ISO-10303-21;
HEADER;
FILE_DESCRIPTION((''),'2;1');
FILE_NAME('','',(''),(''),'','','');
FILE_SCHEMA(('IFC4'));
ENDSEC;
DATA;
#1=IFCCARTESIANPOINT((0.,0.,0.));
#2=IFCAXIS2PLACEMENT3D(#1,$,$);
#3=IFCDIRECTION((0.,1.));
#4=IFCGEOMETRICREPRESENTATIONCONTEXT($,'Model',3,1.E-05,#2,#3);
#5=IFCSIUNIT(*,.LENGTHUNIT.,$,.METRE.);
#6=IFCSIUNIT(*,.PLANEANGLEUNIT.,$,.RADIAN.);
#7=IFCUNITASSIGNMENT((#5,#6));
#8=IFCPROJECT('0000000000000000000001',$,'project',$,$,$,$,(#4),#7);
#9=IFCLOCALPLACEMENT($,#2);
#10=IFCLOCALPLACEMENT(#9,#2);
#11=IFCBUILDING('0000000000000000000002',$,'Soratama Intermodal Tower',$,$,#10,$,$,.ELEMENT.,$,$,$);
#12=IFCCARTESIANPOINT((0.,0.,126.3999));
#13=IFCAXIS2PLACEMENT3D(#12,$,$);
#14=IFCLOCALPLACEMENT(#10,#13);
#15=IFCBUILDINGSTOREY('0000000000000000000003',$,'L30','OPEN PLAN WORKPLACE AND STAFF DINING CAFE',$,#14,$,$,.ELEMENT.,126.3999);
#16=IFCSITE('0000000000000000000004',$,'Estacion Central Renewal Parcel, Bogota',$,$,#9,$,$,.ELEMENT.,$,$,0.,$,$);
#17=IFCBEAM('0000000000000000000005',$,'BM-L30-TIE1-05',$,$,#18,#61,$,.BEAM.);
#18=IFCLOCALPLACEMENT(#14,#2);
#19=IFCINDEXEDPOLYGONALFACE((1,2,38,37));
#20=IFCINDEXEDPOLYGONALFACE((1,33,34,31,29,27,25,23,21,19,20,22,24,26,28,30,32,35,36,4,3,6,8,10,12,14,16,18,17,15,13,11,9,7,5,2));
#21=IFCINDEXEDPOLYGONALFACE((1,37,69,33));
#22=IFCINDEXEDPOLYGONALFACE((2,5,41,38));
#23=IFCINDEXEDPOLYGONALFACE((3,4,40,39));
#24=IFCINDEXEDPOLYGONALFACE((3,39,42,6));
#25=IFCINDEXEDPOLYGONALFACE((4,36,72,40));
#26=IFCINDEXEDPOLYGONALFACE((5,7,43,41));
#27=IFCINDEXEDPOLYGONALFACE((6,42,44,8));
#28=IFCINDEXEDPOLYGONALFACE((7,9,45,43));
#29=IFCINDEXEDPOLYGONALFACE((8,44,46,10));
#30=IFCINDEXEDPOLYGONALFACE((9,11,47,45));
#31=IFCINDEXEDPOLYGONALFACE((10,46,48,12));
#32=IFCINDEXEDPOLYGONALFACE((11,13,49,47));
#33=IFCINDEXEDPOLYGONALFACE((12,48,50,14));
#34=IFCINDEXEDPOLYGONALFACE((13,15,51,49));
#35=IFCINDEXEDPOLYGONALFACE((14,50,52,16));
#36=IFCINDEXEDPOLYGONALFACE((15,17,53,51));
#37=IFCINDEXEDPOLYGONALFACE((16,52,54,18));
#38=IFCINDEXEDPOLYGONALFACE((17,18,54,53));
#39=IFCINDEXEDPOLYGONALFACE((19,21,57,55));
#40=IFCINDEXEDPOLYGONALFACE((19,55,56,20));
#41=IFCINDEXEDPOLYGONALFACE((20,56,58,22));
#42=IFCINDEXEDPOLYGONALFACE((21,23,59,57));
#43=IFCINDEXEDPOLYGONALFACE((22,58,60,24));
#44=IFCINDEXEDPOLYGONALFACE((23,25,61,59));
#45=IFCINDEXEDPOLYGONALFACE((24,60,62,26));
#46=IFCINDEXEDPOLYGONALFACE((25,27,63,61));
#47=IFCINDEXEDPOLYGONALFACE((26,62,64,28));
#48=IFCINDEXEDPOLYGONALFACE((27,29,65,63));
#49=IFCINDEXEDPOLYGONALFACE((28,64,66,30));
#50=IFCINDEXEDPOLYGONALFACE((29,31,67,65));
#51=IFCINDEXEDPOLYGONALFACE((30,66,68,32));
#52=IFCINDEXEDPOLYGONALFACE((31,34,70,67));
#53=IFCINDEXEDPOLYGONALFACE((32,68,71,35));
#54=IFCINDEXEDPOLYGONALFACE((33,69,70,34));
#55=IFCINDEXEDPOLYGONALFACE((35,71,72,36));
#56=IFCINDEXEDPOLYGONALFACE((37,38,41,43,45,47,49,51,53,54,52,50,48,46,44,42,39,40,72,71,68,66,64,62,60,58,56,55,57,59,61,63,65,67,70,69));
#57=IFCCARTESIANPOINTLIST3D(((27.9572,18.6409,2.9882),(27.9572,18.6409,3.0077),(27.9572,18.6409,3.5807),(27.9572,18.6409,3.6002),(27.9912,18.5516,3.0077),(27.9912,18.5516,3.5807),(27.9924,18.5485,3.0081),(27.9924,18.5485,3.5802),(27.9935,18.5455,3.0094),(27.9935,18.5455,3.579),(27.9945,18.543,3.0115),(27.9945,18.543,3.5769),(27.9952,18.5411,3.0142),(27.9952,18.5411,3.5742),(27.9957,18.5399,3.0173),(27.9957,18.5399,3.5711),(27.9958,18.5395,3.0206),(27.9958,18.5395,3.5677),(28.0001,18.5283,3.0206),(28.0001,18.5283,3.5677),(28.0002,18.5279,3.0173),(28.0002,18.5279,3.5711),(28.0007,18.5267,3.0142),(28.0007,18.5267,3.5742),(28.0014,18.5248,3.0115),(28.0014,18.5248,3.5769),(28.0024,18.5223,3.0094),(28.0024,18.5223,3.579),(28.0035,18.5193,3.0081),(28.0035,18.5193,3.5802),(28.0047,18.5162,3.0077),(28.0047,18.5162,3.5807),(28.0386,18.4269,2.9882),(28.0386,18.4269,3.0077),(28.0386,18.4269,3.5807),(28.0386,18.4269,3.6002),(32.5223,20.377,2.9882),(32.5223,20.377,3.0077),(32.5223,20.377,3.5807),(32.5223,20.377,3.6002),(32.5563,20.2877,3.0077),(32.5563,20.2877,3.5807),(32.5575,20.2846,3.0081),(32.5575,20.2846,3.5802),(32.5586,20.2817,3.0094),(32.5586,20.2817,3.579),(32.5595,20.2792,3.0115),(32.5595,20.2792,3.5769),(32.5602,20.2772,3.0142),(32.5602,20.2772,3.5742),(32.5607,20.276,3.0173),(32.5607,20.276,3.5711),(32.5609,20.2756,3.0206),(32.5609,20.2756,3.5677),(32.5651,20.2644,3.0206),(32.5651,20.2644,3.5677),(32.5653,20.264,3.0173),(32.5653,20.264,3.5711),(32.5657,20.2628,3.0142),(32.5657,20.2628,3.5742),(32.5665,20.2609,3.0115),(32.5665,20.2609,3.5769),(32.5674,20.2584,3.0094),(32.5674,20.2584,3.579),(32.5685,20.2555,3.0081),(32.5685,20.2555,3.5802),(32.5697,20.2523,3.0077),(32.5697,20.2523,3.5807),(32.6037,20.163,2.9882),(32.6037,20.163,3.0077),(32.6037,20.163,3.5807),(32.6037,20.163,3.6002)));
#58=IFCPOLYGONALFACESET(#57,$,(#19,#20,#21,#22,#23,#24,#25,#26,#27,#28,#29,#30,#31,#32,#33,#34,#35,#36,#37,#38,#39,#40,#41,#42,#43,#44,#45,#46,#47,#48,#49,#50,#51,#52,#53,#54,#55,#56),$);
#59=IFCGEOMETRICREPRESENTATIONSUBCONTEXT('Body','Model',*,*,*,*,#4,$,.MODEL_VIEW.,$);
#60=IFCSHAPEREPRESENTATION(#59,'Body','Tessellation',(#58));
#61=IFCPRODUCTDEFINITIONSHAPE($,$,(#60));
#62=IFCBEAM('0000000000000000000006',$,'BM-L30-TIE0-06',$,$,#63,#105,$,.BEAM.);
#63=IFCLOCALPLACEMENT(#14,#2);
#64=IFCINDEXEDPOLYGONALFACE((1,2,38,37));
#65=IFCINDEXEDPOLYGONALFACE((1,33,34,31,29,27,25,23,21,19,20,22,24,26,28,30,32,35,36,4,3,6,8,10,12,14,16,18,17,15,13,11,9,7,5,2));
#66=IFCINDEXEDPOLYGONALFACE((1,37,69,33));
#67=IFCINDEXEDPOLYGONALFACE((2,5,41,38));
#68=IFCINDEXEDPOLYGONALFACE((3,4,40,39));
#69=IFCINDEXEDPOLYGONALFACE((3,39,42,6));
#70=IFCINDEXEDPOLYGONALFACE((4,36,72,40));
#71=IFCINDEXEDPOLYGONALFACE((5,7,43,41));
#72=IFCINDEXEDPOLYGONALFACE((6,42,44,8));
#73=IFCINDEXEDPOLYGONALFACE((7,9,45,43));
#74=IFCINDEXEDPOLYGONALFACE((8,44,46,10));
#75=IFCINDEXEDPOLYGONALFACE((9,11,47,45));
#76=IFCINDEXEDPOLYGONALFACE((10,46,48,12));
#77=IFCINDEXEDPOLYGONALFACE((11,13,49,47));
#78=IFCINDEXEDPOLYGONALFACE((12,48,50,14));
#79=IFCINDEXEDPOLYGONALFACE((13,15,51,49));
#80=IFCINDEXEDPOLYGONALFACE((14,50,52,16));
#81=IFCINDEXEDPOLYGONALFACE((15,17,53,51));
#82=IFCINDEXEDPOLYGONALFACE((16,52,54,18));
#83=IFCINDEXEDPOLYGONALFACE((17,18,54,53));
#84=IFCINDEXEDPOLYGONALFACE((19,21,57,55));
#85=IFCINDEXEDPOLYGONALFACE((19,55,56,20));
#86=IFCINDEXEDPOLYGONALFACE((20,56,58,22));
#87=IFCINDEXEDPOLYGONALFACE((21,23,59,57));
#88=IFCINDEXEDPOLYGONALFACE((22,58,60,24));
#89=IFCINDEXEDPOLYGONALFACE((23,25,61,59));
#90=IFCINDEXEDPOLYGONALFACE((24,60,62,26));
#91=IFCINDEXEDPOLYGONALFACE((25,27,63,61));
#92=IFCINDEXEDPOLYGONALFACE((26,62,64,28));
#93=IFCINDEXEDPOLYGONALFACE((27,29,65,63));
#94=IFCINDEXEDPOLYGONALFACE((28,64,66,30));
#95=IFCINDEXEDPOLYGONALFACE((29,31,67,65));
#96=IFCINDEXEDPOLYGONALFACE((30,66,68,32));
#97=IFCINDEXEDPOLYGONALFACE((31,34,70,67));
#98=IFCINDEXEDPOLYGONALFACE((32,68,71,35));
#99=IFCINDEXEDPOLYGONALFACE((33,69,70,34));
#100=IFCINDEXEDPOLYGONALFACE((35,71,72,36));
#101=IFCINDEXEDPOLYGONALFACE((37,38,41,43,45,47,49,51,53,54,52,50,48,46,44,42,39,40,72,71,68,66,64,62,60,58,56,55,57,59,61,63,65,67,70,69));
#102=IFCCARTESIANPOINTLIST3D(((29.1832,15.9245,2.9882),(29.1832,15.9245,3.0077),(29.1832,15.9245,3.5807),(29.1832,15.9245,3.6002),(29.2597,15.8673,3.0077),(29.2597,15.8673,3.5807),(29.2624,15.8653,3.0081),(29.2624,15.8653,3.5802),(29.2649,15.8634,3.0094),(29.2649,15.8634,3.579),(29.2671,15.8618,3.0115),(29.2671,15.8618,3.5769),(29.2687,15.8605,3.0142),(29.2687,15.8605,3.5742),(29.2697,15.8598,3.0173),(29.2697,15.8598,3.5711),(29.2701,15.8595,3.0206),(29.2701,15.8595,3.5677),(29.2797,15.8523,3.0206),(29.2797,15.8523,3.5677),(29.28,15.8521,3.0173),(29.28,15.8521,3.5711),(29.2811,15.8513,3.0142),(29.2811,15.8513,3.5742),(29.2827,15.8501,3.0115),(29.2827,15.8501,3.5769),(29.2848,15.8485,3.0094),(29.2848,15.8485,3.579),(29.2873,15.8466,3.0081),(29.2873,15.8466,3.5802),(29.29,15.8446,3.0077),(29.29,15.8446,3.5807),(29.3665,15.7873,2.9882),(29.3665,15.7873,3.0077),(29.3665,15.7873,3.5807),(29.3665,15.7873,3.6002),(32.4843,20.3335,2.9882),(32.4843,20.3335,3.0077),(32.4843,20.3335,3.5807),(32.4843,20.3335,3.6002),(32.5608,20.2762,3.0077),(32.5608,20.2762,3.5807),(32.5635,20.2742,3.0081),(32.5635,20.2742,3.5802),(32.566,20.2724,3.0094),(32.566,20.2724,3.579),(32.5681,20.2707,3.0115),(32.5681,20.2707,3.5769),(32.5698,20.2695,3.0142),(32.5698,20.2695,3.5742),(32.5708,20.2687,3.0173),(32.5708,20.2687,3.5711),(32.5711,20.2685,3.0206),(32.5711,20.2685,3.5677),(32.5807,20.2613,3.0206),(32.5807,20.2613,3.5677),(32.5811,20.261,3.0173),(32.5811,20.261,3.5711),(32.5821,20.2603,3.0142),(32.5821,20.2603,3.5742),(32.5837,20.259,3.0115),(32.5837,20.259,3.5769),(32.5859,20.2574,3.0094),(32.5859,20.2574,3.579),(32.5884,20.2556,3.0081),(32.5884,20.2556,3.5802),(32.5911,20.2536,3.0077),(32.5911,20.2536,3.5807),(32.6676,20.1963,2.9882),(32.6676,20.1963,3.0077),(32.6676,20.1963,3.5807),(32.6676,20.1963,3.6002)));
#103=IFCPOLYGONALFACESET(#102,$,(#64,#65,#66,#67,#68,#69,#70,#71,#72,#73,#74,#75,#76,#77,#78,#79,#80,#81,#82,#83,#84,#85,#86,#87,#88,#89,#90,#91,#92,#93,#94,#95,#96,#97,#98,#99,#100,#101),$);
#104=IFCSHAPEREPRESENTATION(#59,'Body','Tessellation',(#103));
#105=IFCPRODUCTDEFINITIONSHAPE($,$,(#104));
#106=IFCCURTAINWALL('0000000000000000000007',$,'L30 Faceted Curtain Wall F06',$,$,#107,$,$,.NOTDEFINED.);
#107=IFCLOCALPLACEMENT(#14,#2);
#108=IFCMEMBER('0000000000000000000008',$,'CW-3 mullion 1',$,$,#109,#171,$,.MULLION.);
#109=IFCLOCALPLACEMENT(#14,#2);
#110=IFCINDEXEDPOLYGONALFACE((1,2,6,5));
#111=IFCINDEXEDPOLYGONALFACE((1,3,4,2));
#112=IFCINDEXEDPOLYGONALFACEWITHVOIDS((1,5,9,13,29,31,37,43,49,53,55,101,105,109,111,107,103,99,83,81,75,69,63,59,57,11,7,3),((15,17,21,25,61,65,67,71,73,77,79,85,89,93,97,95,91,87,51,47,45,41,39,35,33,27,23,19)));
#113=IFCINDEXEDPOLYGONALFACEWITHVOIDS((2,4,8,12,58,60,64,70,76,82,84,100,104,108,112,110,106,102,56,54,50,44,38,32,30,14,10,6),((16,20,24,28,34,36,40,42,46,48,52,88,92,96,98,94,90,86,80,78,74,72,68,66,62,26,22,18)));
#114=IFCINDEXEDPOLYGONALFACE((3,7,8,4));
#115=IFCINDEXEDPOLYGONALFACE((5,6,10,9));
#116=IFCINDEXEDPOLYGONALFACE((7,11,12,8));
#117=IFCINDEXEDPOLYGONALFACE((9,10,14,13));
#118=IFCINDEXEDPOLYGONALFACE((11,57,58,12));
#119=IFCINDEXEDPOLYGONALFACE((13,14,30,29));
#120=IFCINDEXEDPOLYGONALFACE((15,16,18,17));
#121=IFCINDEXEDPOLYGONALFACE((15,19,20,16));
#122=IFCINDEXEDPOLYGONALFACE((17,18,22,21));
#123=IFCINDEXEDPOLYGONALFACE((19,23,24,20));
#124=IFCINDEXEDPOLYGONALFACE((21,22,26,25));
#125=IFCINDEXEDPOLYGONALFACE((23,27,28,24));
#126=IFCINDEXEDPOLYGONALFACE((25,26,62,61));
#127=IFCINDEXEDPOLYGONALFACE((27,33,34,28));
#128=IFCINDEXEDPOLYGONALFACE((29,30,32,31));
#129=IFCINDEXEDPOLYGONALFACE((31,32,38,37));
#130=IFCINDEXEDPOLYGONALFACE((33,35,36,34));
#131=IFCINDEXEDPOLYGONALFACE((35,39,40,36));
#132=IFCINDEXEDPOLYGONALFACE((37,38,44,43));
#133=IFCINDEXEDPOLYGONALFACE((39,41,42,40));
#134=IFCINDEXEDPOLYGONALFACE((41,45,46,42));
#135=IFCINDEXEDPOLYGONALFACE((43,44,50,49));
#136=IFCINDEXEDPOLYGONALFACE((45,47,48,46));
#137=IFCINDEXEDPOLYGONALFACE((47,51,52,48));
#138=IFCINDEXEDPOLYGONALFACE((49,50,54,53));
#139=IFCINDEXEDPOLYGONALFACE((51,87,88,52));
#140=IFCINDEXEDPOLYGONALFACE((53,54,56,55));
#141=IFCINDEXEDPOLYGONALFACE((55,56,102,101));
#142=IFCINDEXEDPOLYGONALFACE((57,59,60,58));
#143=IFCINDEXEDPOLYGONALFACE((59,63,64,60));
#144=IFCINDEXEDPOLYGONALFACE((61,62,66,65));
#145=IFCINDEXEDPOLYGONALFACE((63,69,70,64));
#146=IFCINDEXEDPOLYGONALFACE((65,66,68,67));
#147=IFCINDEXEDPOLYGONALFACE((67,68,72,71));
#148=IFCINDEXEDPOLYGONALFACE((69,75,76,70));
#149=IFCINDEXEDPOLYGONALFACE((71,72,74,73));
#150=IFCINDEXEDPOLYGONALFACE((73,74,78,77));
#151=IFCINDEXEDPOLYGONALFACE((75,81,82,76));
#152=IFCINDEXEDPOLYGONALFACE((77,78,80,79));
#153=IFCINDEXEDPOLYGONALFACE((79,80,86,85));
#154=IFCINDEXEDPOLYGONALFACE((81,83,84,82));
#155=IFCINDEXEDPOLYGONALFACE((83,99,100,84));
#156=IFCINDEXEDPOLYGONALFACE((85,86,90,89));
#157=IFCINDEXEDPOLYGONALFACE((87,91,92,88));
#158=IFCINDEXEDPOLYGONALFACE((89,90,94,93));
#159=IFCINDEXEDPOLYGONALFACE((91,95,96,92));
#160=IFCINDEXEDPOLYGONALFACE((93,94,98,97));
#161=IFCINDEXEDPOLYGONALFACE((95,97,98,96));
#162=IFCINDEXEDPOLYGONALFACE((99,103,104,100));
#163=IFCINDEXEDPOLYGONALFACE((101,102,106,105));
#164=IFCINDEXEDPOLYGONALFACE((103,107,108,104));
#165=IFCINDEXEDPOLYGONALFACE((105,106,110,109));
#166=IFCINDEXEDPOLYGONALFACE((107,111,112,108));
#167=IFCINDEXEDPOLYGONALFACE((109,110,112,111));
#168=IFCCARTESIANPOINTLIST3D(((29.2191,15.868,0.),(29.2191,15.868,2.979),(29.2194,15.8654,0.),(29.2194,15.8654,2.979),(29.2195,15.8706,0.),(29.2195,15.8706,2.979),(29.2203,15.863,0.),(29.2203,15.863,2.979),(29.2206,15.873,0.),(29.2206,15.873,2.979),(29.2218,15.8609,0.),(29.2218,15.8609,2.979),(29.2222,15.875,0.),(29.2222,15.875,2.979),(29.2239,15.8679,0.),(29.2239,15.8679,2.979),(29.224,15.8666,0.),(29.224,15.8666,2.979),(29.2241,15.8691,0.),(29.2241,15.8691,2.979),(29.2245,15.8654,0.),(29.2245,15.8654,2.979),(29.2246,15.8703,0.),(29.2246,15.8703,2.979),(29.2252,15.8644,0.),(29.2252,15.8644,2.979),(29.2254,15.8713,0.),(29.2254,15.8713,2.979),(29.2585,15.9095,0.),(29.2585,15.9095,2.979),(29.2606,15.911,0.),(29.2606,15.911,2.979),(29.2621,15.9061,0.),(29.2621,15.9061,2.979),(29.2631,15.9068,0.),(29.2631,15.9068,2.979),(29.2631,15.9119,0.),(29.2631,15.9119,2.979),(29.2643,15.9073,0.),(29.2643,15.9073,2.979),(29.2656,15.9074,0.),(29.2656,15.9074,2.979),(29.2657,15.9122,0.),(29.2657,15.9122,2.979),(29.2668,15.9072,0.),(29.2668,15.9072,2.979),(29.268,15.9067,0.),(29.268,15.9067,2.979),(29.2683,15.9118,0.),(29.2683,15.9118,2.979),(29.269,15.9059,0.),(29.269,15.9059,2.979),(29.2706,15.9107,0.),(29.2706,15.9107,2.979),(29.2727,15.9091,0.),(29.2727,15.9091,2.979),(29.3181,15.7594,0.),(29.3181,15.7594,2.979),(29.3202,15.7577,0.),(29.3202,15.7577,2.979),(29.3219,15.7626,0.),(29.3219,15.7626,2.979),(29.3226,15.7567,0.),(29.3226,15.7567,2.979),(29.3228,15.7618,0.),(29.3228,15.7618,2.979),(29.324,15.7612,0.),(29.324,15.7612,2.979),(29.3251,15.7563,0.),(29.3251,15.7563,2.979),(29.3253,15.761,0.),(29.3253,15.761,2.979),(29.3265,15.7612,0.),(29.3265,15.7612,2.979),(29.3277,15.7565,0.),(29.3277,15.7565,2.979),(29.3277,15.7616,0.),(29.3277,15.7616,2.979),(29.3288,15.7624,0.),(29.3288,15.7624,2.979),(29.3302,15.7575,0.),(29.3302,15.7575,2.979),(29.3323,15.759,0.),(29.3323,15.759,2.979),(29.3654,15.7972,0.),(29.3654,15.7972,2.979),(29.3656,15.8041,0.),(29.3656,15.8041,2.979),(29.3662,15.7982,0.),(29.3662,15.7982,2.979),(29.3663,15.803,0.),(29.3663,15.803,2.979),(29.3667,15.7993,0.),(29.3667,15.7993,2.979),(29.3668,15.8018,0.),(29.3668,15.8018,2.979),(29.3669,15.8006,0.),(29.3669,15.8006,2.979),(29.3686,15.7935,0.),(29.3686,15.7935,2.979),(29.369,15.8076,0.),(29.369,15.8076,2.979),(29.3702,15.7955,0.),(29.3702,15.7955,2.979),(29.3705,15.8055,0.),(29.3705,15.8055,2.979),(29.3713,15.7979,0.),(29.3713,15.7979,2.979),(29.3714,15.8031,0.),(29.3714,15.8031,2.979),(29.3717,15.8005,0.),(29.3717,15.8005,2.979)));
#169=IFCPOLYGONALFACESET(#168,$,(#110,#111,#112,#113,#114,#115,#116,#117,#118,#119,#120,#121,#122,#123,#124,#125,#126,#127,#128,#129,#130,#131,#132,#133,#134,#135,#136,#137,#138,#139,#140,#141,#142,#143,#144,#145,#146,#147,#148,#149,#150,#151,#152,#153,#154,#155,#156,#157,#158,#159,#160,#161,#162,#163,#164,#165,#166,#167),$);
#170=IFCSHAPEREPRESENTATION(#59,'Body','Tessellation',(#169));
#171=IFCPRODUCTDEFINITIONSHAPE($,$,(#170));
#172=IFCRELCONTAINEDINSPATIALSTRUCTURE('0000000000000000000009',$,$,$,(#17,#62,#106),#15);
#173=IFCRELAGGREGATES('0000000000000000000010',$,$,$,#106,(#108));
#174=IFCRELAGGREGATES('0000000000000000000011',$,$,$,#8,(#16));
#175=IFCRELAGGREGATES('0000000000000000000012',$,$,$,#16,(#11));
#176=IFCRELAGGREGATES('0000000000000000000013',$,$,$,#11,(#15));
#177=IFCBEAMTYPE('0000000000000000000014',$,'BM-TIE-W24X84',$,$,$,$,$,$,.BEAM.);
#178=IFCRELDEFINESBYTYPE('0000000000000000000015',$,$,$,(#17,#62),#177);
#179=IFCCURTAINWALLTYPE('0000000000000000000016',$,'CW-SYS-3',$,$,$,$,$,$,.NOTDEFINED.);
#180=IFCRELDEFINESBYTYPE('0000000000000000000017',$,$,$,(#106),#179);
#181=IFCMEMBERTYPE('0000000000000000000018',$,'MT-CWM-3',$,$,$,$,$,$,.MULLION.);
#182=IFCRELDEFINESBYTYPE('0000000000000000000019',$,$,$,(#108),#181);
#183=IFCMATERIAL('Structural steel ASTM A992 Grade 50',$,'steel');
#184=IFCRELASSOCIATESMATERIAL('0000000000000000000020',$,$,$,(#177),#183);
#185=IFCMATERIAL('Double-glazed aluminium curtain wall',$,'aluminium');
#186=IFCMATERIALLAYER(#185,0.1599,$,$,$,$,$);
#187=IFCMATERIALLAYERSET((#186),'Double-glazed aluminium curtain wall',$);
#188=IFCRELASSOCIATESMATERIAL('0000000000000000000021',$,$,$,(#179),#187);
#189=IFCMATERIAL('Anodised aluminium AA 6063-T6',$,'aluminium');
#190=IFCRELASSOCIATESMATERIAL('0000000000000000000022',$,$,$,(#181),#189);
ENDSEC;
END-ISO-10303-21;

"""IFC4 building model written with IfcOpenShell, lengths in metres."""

from ifc_helpers import new_model, si_unit, direction, frame, origin, origin_2d, place, context, subcontext, project, spatial, hollow_rectangle, i_section, extrude, material, layer, layer_set, material_profile, profile_set, type_object, element, aggregate, save


model = new_model("IFC4")

# Units and contexts
model_context = context("Model", 3, precision=1e-05, world=origin(), true_north=direction((0.0, 1.0)))
body_context = subcontext(model_context, "Body", "Model", "MODEL_VIEW")
ifc_project = project(units=[si_unit("LENGTHUNIT", "METRE"), si_unit("PLANEANGLEUNIT", "RADIAN")], contexts=[model_context])

# Site, building, storey
site_placement = place(None, origin())
site = spatial("IfcSite", under=ifc_project, at=site_placement, Name="Estacion Central Renewal Parcel, Bogota", CompositionType="ELEMENT", RefElevation=0.0)
building_placement = place(site_placement, origin())
building = spatial("IfcBuilding", under=site, at=building_placement, Name="Soratama Intermodal Tower", CompositionType="ELEMENT")
storey_placement = place(building_placement, frame((0.0, 0.0, 126.3999)))
storey = spatial("IfcBuildingStorey", under=building, at=storey_placement, Name="L30", Description="OPEN PLAN WORKPLACE AND STAFF DINING CAFE", CompositionType="ELEMENT", Elevation=126.3999)

# Beams
ifc_material_1 = material(Name="Structural steel ASTM A992 Grade 50", Category="steel")
ifc_material_profile_1 = material_profile(ifc_material_1, i_section(OverallWidth=0.229, OverallDepth=0.6121, WebThickness=0.012, FlangeThickness=0.0195, FilletRadius=0.0129, at=origin_2d()), Name="W24X84")
ifc_profile_set_1 = profile_set([ifc_material_profile_1], Name="Structural steel ASTM A992 Grade 50")
beam_type_1 = type_object("IfcBeamType", Name="BM-TIE-W24X84", PredefinedType="BEAM", material=ifc_profile_set_1)
beam_1_placement = place(storey_placement, frame((32.563, 20.27, 3.2942), z_axis=(-0.934688, -0.355469, 0.0), x_axis=(0.355469, -0.934688, 0.0)))
element("IfcBeam", 1, at=beam_1_placement, inside=storey, type_object=beam_type_1, Name="BM-L30-TIE1-05", PredefinedType="BEAM", context=body_context, shape_type="SweptSolid", body=[
    extrude(i_section(OverallWidth=0.229, OverallDepth=0.6121, WebThickness=0.012, FlangeThickness=0.0195, FilletRadius=0.0129, at=origin_2d()), origin(), (0.0, 0.0, 1.0), 4.884),
])
beam_2_placement = place(storey_placement, frame((32.5759, 20.2649, 3.2942), z_axis=(-0.59934, -0.800494, 0.0), x_axis=(0.800494, -0.59934, 0.0)))
element("IfcBeam", 2, at=beam_2_placement, inside=storey, type_object=beam_type_1, Name="BM-L30-TIE0-06", PredefinedType="BEAM", context=body_context, shape_type="SweptSolid", body=[
    extrude(i_section(OverallWidth=0.229, OverallDepth=0.6121, WebThickness=0.012, FlangeThickness=0.0195, FilletRadius=0.0129, at=origin_2d()), origin(), (0.0, 0.0, 1.0), 5.5078),
])

# Curtain wall, member
ifc_material_2 = material(Name="Double-glazed aluminium curtain wall", Category="aluminium")
ifc_layer_1 = layer(ifc_material_2, 0.1599)
ifc_layer_set_1 = layer_set([ifc_layer_1], Name="Double-glazed aluminium curtain wall")
curtain_wall_type = type_object("IfcCurtainWallType", Name="CW-SYS-3", PredefinedType="NOTDEFINED", material=ifc_layer_set_1)
curtain_wall_placement = place(storey_placement, origin())
curtain_wall = element("IfcCurtainWall", 3, at=curtain_wall_placement, inside=storey, type_object=curtain_wall_type, Name="L30 Faceted Curtain Wall F06", PredefinedType="NOTDEFINED")
ifc_material_3 = material(Name="Anodised aluminium AA 6063-T6", Category="aluminium")
ifc_material_profile_2 = material_profile(ifc_material_3, hollow_rectangle(XDim=0.0701, YDim=0.1599, WallThickness=0.0049, InnerFilletRadius=0.0049, OuterFilletRadius=0.01, at=origin_2d()), Name="CWM160X70X5")
ifc_profile_set_2 = profile_set([ifc_material_profile_2], Name="Anodised aluminium AA 6063-T6")
member_type_1 = type_object("IfcMemberType", Name="MT-CWM-3", PredefinedType="MULLION", material=ifc_profile_set_2)
member_1_placement = place(storey_placement, frame((29.2954, 15.8342, 0.0), z_axis=(0.0, 0.0, 1.0), x_axis=(0.725377, 0.688352, 0.0)))
member_1 = element("IfcMember", 4, at=member_1_placement, type_object=member_type_1, Name="CW-3 mullion 1", PredefinedType="MULLION", context=body_context, shape_type="SweptSolid", body=[
    extrude(hollow_rectangle(XDim=0.0701, YDim=0.1599, WallThickness=0.0049, InnerFilletRadius=0.0049, OuterFilletRadius=0.01, at=origin_2d()), origin(), (0.0, 0.0, 1.0), 2.979),
])
aggregate(curtain_wall, [member_1])

save(model, "model.ifc")
